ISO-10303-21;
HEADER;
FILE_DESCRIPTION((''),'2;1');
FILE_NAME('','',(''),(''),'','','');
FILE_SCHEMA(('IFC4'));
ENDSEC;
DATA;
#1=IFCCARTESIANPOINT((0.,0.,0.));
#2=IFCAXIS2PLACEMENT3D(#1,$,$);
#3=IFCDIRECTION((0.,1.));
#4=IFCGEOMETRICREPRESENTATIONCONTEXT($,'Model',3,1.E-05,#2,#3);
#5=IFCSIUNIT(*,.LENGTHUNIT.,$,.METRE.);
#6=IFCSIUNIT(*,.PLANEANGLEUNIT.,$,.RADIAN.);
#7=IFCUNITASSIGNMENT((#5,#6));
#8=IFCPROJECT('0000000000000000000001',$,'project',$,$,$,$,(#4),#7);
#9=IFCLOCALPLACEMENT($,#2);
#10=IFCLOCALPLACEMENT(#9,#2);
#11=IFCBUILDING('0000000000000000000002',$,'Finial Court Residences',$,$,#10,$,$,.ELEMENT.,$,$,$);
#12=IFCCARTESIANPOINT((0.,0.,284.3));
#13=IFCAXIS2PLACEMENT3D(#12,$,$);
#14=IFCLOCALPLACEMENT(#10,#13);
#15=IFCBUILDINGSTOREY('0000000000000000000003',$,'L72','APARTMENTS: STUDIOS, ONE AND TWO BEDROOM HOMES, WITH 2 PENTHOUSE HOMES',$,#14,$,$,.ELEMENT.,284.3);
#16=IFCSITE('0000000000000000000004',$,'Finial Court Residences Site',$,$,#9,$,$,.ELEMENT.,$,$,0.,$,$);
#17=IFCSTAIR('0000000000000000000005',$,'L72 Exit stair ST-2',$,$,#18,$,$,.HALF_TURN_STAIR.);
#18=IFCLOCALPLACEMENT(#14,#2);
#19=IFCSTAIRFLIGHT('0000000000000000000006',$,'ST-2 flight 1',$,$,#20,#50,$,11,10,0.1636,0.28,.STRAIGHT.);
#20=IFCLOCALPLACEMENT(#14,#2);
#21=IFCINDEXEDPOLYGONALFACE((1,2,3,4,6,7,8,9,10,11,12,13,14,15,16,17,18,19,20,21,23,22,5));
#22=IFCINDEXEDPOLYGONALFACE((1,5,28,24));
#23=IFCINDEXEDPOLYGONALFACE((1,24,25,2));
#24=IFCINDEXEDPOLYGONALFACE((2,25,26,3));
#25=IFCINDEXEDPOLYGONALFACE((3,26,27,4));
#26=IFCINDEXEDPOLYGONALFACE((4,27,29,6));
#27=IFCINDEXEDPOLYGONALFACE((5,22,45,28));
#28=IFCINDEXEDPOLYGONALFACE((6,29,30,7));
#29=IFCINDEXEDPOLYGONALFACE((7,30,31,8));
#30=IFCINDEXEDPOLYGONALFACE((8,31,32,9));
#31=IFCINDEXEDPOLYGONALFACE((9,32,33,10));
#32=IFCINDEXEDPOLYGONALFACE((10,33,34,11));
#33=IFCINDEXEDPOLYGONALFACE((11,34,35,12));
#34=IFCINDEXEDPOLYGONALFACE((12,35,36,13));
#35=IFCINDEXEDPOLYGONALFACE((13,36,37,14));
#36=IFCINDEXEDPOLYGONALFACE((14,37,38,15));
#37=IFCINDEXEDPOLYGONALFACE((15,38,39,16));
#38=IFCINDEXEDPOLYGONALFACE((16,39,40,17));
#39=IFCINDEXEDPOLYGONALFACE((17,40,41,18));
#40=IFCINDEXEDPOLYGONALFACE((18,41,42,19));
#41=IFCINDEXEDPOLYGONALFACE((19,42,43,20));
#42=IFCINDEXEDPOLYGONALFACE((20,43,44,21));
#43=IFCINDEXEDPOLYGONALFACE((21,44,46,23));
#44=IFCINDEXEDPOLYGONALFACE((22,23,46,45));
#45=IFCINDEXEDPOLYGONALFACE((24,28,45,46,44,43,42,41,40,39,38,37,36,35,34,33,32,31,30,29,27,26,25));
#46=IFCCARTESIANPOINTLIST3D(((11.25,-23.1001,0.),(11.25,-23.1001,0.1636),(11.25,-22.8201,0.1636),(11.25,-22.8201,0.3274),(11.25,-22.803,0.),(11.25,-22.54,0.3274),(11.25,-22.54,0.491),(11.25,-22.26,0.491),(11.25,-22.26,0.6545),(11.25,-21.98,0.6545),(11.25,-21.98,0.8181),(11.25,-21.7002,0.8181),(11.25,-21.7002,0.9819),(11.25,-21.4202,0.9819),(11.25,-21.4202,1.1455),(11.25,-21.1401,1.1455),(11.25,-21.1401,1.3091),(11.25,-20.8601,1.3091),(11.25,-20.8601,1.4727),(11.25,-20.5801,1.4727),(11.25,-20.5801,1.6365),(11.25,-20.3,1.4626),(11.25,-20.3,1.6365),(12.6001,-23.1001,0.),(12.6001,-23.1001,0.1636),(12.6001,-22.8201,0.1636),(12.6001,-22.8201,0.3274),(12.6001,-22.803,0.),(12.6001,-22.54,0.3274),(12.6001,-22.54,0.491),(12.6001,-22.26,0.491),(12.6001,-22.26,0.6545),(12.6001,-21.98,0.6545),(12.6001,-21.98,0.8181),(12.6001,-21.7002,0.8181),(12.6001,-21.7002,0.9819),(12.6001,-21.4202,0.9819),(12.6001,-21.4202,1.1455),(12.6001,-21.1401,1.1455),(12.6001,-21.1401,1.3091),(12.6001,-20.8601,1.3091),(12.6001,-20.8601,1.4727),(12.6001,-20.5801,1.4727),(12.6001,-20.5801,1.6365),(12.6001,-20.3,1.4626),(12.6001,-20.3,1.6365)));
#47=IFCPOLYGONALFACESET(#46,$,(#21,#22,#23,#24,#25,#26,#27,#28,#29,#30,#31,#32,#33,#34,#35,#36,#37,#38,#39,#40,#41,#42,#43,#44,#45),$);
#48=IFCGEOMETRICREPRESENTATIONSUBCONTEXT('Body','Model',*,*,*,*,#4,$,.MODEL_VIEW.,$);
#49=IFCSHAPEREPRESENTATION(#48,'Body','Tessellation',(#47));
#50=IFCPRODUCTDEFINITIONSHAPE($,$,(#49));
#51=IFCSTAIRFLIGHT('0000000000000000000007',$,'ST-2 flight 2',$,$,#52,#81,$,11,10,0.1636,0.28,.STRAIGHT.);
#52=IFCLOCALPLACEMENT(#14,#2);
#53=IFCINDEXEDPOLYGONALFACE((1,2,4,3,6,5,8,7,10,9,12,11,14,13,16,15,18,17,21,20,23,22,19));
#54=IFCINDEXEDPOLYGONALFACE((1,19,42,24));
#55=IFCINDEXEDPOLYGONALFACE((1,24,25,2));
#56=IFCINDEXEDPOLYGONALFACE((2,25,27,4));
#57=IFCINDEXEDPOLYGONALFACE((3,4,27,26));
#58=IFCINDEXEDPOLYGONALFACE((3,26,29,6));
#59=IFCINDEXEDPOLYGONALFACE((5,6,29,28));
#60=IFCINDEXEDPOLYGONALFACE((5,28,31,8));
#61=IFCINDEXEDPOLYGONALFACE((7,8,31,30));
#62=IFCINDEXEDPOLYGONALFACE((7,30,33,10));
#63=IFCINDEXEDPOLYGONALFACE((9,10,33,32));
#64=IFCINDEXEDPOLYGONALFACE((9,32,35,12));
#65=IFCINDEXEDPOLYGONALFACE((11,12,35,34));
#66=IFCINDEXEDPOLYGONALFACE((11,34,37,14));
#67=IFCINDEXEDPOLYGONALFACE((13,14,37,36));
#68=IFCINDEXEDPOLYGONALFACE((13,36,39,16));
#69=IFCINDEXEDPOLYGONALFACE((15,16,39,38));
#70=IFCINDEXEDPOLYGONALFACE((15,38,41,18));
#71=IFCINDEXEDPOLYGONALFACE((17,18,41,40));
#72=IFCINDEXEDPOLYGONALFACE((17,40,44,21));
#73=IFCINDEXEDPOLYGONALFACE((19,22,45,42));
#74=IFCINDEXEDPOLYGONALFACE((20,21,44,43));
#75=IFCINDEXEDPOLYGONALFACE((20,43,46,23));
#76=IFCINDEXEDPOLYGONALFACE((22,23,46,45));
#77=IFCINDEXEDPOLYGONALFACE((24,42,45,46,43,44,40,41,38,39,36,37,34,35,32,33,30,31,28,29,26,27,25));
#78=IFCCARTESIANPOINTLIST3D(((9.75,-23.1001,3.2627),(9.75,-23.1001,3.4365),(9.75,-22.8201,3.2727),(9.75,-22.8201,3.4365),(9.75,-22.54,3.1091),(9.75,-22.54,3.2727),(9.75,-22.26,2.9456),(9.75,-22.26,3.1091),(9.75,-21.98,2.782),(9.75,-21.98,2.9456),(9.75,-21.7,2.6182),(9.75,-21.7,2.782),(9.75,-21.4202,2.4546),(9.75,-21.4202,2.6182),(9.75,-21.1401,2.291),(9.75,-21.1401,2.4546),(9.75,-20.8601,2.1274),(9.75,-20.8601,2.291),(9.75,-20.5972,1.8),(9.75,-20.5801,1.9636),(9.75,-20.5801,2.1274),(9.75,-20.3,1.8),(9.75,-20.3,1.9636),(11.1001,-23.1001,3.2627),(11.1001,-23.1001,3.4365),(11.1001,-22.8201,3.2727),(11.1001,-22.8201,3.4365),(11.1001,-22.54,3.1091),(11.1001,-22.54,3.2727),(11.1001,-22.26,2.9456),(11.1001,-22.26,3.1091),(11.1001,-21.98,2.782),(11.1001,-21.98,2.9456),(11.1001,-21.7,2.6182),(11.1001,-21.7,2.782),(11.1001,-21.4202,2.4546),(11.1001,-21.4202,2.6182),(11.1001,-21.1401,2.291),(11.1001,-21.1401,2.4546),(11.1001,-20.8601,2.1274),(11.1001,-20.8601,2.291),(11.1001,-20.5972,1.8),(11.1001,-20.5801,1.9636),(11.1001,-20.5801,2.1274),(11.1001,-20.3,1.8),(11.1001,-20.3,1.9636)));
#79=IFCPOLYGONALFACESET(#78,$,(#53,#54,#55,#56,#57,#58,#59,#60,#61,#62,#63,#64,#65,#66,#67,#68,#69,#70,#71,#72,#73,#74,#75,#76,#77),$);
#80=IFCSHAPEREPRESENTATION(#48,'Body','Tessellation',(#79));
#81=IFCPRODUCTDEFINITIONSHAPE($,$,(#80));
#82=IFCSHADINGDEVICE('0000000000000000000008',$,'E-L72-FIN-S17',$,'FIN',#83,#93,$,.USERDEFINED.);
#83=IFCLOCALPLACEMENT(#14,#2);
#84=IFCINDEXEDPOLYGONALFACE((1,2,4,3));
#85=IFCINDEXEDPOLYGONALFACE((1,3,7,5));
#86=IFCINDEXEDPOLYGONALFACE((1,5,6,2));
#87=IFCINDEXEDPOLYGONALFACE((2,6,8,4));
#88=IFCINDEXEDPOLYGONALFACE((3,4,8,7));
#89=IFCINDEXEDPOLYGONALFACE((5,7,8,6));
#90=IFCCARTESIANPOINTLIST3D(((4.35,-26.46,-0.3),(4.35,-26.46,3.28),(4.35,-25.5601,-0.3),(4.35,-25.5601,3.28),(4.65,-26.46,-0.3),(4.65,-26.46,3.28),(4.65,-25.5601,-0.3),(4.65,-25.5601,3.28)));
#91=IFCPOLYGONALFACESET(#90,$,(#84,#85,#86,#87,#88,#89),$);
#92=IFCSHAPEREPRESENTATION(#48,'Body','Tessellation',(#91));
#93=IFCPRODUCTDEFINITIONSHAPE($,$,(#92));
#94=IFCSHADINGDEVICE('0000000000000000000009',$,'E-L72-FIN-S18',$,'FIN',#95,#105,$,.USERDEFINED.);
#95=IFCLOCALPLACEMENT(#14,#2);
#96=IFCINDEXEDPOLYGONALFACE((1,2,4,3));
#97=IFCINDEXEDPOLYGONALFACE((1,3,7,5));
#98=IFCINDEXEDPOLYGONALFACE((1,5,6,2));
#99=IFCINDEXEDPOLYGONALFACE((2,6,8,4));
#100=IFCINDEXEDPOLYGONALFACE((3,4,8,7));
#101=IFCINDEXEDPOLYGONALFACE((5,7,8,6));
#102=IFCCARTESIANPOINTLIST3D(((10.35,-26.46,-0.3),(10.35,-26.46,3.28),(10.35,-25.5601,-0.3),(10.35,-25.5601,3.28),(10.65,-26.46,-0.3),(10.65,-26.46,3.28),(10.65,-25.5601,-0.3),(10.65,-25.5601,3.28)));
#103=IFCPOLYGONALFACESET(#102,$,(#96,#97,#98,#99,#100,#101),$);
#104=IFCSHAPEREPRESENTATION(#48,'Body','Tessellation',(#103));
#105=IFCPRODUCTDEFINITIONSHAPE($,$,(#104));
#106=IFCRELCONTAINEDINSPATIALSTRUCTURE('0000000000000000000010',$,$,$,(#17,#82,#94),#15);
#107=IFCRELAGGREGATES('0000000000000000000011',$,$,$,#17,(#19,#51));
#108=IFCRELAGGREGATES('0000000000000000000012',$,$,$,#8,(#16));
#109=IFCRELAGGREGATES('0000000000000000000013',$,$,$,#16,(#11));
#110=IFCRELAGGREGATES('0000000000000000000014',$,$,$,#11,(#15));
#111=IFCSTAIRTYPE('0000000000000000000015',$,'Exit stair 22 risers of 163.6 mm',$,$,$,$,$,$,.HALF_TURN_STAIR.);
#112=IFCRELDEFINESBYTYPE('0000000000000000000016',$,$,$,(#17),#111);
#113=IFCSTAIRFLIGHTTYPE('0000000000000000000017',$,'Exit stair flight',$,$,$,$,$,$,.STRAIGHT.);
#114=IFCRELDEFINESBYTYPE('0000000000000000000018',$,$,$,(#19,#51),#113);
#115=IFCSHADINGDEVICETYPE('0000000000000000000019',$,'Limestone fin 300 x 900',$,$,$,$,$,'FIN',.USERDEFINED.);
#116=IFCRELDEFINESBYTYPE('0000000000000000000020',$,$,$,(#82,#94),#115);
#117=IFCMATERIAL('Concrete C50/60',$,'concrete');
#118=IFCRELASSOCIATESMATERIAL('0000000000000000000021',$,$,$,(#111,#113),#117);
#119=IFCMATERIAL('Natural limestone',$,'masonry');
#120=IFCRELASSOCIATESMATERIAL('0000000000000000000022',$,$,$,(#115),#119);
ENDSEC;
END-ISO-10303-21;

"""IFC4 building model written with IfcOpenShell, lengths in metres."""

from ifc_helpers import new_model, si_unit, direction, frame, origin, origin_2d, place, context, subcontext, project, spatial, polyline, rectangle, outline, extrude, material, type_object, element, aggregate, save


model = new_model("IFC4")

# Units and contexts
model_context = context("Model", 3, precision=1e-05, world=origin(), true_north=direction((0.0, 1.0)))
body_context = subcontext(model_context, "Body", "Model", "MODEL_VIEW")
ifc_project = project(units=[si_unit("LENGTHUNIT", "METRE"), si_unit("PLANEANGLEUNIT", "RADIAN")], contexts=[model_context])

# Site, building, storey
site_placement = place(None, origin())
site = spatial("IfcSite", under=ifc_project, at=site_placement, Name="Finial Court Residences Site", CompositionType="ELEMENT", RefElevation=0.0)
building_placement = place(site_placement, origin())
building = spatial("IfcBuilding", under=site, at=building_placement, Name="Finial Court Residences", CompositionType="ELEMENT")
storey_placement = place(building_placement, frame((0.0, 0.0, 284.3)))
storey = spatial("IfcBuildingStorey", under=building, at=storey_placement, Name="L72", Description="APARTMENTS: STUDIOS, ONE AND TWO BEDROOM HOMES, WITH 2 PENTHOUSE HOMES", CompositionType="ELEMENT", Elevation=284.3)

# Shared definitions
ifc_material_1 = material(Name="Concrete C50/60", Category="concrete")

# Stair, stair flights
stair_type = type_object("IfcStairType", Name="Exit stair 22 risers of 163.6 mm", PredefinedType="HALF_TURN_STAIR", material=ifc_material_1)
stair_placement = place(storey_placement, origin())
stair = element("IfcStair", 1, at=stair_placement, inside=storey, type_object=stair_type, Name="L72 Exit stair ST-2", PredefinedType="HALF_TURN_STAIR")
stair_flight_type = type_object("IfcStairFlightType", Name="Exit stair flight", PredefinedType="STRAIGHT", material=ifc_material_1)
stair_flight_1_placement = place(storey_placement, frame((11.925, -23.1001, 0.0), z_axis=(0.0, 0.0, 1.0), x_axis=(0.0, 1.0, 0.0)))
stair_flight_1 = element("IfcStairFlight", 2, at=stair_flight_1_placement, type_object=stair_flight_type, Name="ST-2 flight 1", NumberOfRisers=11, NumberOfTreads=10, PredefinedType="STRAIGHT", RiserHeight=0.1636, TreadLength=0.28, context=body_context, shape_type="SweptSolid", body=[
    extrude(outline(polyline([(0.0, 0.0), (0.0, 0.1636), (0.28, 0.1636), (0.28, 0.3274), (0.5601, 0.3274), (0.5601, 0.491), (0.8401, 0.491), (0.8401, 0.6545), (1.1201, 0.6545), (1.1201, 0.8181), (1.3999, 0.8181), (1.3999, 0.9819), (1.6799, 0.9819), (1.6799, 1.1455), (1.96, 1.1455), (1.96, 1.3091), (2.24, 1.3091), (2.24, 1.4727), (2.52, 1.4727), (2.52, 1.6365), (2.8, 1.6365), (2.8, 1.8), (2.8, 1.4626), (0.2971, 0.0), (0.0, 0.0)])), frame((0.0, 0.675, 0.0), z_axis=(0.0, -1.0, 0.0), x_axis=(1.0, 0.0, 0.0)), (0.0, 0.0, 1.0), 1.3501),
])
stair_flight_2_placement = place(storey_placement, frame((10.425, -20.3, 1.8), z_axis=(0.0, 0.0, 1.0), x_axis=(0.0, -1.0, 0.0)))
stair_flight_2 = element("IfcStairFlight", 3, at=stair_flight_2_placement, type_object=stair_flight_type, Name="ST-2 flight 2", NumberOfRisers=11, NumberOfTreads=10, PredefinedType="STRAIGHT", RiserHeight=0.1636, TreadLength=0.28, context=body_context, shape_type="SweptSolid", body=[
    extrude(outline(polyline([(0.0, 0.0), (0.0, 0.1636), (0.28, 0.1636), (0.28, 0.3274), (0.5601, 0.3274), (0.5601, 0.491), (0.8401, 0.491), (0.8401, 0.6545), (1.1201, 0.6545), (1.1201, 0.8181), (1.3999, 0.8181), (1.3999, 0.9819), (1.6799, 0.9819), (1.6799, 1.1455), (1.96, 1.1455), (1.96, 1.3091), (2.24, 1.3091), (2.24, 1.4727), (2.52, 1.4727), (2.52, 1.6365), (2.8, 1.6365), (2.8, 1.8), (2.8, 1.4626), (0.2971, 0.0), (0.0, 0.0)])), frame((0.0, 0.675, 0.0), z_axis=(0.0, -1.0, 0.0), x_axis=(1.0, 0.0, 0.0)), (0.0, 0.0, 1.0), 1.3501),
])
aggregate(stair, [stair_flight_1, stair_flight_2])

# Shading devices
ifc_material_2 = material(Name="Natural limestone", Category="masonry")
shading_device_type = type_object("IfcShadingDeviceType", Name="Limestone fin 300 x 900", ElementType="FIN", PredefinedType="USERDEFINED", material=ifc_material_2)
for number, where, z_axis, x_axis, name in (
    (4, (4.5, -26.01, -0.3), (0.0, 0.0, 1.0), (1.0, 0.0, 0.0), "E-L72-FIN-S17"),
    (5, (10.5, -26.01, -0.3), (0.0, 0.0, 1.0), (1.0, 0.0, 0.0), "E-L72-FIN-S18"),
):
    element("IfcShadingDevice", number, at=place(storey_placement, frame(where, z_axis=z_axis, x_axis=x_axis)), inside=storey, type_object=shading_device_type, Name=name, ObjectType="FIN", PredefinedType="USERDEFINED", context=body_context, shape_type="SweptSolid", body=[
        extrude(rectangle(XDim=0.3, YDim=0.8999, at=origin_2d()), origin(), (0.0, 0.0, 1.0), 3.5801),
    ])

save(model, "model.ifc")
